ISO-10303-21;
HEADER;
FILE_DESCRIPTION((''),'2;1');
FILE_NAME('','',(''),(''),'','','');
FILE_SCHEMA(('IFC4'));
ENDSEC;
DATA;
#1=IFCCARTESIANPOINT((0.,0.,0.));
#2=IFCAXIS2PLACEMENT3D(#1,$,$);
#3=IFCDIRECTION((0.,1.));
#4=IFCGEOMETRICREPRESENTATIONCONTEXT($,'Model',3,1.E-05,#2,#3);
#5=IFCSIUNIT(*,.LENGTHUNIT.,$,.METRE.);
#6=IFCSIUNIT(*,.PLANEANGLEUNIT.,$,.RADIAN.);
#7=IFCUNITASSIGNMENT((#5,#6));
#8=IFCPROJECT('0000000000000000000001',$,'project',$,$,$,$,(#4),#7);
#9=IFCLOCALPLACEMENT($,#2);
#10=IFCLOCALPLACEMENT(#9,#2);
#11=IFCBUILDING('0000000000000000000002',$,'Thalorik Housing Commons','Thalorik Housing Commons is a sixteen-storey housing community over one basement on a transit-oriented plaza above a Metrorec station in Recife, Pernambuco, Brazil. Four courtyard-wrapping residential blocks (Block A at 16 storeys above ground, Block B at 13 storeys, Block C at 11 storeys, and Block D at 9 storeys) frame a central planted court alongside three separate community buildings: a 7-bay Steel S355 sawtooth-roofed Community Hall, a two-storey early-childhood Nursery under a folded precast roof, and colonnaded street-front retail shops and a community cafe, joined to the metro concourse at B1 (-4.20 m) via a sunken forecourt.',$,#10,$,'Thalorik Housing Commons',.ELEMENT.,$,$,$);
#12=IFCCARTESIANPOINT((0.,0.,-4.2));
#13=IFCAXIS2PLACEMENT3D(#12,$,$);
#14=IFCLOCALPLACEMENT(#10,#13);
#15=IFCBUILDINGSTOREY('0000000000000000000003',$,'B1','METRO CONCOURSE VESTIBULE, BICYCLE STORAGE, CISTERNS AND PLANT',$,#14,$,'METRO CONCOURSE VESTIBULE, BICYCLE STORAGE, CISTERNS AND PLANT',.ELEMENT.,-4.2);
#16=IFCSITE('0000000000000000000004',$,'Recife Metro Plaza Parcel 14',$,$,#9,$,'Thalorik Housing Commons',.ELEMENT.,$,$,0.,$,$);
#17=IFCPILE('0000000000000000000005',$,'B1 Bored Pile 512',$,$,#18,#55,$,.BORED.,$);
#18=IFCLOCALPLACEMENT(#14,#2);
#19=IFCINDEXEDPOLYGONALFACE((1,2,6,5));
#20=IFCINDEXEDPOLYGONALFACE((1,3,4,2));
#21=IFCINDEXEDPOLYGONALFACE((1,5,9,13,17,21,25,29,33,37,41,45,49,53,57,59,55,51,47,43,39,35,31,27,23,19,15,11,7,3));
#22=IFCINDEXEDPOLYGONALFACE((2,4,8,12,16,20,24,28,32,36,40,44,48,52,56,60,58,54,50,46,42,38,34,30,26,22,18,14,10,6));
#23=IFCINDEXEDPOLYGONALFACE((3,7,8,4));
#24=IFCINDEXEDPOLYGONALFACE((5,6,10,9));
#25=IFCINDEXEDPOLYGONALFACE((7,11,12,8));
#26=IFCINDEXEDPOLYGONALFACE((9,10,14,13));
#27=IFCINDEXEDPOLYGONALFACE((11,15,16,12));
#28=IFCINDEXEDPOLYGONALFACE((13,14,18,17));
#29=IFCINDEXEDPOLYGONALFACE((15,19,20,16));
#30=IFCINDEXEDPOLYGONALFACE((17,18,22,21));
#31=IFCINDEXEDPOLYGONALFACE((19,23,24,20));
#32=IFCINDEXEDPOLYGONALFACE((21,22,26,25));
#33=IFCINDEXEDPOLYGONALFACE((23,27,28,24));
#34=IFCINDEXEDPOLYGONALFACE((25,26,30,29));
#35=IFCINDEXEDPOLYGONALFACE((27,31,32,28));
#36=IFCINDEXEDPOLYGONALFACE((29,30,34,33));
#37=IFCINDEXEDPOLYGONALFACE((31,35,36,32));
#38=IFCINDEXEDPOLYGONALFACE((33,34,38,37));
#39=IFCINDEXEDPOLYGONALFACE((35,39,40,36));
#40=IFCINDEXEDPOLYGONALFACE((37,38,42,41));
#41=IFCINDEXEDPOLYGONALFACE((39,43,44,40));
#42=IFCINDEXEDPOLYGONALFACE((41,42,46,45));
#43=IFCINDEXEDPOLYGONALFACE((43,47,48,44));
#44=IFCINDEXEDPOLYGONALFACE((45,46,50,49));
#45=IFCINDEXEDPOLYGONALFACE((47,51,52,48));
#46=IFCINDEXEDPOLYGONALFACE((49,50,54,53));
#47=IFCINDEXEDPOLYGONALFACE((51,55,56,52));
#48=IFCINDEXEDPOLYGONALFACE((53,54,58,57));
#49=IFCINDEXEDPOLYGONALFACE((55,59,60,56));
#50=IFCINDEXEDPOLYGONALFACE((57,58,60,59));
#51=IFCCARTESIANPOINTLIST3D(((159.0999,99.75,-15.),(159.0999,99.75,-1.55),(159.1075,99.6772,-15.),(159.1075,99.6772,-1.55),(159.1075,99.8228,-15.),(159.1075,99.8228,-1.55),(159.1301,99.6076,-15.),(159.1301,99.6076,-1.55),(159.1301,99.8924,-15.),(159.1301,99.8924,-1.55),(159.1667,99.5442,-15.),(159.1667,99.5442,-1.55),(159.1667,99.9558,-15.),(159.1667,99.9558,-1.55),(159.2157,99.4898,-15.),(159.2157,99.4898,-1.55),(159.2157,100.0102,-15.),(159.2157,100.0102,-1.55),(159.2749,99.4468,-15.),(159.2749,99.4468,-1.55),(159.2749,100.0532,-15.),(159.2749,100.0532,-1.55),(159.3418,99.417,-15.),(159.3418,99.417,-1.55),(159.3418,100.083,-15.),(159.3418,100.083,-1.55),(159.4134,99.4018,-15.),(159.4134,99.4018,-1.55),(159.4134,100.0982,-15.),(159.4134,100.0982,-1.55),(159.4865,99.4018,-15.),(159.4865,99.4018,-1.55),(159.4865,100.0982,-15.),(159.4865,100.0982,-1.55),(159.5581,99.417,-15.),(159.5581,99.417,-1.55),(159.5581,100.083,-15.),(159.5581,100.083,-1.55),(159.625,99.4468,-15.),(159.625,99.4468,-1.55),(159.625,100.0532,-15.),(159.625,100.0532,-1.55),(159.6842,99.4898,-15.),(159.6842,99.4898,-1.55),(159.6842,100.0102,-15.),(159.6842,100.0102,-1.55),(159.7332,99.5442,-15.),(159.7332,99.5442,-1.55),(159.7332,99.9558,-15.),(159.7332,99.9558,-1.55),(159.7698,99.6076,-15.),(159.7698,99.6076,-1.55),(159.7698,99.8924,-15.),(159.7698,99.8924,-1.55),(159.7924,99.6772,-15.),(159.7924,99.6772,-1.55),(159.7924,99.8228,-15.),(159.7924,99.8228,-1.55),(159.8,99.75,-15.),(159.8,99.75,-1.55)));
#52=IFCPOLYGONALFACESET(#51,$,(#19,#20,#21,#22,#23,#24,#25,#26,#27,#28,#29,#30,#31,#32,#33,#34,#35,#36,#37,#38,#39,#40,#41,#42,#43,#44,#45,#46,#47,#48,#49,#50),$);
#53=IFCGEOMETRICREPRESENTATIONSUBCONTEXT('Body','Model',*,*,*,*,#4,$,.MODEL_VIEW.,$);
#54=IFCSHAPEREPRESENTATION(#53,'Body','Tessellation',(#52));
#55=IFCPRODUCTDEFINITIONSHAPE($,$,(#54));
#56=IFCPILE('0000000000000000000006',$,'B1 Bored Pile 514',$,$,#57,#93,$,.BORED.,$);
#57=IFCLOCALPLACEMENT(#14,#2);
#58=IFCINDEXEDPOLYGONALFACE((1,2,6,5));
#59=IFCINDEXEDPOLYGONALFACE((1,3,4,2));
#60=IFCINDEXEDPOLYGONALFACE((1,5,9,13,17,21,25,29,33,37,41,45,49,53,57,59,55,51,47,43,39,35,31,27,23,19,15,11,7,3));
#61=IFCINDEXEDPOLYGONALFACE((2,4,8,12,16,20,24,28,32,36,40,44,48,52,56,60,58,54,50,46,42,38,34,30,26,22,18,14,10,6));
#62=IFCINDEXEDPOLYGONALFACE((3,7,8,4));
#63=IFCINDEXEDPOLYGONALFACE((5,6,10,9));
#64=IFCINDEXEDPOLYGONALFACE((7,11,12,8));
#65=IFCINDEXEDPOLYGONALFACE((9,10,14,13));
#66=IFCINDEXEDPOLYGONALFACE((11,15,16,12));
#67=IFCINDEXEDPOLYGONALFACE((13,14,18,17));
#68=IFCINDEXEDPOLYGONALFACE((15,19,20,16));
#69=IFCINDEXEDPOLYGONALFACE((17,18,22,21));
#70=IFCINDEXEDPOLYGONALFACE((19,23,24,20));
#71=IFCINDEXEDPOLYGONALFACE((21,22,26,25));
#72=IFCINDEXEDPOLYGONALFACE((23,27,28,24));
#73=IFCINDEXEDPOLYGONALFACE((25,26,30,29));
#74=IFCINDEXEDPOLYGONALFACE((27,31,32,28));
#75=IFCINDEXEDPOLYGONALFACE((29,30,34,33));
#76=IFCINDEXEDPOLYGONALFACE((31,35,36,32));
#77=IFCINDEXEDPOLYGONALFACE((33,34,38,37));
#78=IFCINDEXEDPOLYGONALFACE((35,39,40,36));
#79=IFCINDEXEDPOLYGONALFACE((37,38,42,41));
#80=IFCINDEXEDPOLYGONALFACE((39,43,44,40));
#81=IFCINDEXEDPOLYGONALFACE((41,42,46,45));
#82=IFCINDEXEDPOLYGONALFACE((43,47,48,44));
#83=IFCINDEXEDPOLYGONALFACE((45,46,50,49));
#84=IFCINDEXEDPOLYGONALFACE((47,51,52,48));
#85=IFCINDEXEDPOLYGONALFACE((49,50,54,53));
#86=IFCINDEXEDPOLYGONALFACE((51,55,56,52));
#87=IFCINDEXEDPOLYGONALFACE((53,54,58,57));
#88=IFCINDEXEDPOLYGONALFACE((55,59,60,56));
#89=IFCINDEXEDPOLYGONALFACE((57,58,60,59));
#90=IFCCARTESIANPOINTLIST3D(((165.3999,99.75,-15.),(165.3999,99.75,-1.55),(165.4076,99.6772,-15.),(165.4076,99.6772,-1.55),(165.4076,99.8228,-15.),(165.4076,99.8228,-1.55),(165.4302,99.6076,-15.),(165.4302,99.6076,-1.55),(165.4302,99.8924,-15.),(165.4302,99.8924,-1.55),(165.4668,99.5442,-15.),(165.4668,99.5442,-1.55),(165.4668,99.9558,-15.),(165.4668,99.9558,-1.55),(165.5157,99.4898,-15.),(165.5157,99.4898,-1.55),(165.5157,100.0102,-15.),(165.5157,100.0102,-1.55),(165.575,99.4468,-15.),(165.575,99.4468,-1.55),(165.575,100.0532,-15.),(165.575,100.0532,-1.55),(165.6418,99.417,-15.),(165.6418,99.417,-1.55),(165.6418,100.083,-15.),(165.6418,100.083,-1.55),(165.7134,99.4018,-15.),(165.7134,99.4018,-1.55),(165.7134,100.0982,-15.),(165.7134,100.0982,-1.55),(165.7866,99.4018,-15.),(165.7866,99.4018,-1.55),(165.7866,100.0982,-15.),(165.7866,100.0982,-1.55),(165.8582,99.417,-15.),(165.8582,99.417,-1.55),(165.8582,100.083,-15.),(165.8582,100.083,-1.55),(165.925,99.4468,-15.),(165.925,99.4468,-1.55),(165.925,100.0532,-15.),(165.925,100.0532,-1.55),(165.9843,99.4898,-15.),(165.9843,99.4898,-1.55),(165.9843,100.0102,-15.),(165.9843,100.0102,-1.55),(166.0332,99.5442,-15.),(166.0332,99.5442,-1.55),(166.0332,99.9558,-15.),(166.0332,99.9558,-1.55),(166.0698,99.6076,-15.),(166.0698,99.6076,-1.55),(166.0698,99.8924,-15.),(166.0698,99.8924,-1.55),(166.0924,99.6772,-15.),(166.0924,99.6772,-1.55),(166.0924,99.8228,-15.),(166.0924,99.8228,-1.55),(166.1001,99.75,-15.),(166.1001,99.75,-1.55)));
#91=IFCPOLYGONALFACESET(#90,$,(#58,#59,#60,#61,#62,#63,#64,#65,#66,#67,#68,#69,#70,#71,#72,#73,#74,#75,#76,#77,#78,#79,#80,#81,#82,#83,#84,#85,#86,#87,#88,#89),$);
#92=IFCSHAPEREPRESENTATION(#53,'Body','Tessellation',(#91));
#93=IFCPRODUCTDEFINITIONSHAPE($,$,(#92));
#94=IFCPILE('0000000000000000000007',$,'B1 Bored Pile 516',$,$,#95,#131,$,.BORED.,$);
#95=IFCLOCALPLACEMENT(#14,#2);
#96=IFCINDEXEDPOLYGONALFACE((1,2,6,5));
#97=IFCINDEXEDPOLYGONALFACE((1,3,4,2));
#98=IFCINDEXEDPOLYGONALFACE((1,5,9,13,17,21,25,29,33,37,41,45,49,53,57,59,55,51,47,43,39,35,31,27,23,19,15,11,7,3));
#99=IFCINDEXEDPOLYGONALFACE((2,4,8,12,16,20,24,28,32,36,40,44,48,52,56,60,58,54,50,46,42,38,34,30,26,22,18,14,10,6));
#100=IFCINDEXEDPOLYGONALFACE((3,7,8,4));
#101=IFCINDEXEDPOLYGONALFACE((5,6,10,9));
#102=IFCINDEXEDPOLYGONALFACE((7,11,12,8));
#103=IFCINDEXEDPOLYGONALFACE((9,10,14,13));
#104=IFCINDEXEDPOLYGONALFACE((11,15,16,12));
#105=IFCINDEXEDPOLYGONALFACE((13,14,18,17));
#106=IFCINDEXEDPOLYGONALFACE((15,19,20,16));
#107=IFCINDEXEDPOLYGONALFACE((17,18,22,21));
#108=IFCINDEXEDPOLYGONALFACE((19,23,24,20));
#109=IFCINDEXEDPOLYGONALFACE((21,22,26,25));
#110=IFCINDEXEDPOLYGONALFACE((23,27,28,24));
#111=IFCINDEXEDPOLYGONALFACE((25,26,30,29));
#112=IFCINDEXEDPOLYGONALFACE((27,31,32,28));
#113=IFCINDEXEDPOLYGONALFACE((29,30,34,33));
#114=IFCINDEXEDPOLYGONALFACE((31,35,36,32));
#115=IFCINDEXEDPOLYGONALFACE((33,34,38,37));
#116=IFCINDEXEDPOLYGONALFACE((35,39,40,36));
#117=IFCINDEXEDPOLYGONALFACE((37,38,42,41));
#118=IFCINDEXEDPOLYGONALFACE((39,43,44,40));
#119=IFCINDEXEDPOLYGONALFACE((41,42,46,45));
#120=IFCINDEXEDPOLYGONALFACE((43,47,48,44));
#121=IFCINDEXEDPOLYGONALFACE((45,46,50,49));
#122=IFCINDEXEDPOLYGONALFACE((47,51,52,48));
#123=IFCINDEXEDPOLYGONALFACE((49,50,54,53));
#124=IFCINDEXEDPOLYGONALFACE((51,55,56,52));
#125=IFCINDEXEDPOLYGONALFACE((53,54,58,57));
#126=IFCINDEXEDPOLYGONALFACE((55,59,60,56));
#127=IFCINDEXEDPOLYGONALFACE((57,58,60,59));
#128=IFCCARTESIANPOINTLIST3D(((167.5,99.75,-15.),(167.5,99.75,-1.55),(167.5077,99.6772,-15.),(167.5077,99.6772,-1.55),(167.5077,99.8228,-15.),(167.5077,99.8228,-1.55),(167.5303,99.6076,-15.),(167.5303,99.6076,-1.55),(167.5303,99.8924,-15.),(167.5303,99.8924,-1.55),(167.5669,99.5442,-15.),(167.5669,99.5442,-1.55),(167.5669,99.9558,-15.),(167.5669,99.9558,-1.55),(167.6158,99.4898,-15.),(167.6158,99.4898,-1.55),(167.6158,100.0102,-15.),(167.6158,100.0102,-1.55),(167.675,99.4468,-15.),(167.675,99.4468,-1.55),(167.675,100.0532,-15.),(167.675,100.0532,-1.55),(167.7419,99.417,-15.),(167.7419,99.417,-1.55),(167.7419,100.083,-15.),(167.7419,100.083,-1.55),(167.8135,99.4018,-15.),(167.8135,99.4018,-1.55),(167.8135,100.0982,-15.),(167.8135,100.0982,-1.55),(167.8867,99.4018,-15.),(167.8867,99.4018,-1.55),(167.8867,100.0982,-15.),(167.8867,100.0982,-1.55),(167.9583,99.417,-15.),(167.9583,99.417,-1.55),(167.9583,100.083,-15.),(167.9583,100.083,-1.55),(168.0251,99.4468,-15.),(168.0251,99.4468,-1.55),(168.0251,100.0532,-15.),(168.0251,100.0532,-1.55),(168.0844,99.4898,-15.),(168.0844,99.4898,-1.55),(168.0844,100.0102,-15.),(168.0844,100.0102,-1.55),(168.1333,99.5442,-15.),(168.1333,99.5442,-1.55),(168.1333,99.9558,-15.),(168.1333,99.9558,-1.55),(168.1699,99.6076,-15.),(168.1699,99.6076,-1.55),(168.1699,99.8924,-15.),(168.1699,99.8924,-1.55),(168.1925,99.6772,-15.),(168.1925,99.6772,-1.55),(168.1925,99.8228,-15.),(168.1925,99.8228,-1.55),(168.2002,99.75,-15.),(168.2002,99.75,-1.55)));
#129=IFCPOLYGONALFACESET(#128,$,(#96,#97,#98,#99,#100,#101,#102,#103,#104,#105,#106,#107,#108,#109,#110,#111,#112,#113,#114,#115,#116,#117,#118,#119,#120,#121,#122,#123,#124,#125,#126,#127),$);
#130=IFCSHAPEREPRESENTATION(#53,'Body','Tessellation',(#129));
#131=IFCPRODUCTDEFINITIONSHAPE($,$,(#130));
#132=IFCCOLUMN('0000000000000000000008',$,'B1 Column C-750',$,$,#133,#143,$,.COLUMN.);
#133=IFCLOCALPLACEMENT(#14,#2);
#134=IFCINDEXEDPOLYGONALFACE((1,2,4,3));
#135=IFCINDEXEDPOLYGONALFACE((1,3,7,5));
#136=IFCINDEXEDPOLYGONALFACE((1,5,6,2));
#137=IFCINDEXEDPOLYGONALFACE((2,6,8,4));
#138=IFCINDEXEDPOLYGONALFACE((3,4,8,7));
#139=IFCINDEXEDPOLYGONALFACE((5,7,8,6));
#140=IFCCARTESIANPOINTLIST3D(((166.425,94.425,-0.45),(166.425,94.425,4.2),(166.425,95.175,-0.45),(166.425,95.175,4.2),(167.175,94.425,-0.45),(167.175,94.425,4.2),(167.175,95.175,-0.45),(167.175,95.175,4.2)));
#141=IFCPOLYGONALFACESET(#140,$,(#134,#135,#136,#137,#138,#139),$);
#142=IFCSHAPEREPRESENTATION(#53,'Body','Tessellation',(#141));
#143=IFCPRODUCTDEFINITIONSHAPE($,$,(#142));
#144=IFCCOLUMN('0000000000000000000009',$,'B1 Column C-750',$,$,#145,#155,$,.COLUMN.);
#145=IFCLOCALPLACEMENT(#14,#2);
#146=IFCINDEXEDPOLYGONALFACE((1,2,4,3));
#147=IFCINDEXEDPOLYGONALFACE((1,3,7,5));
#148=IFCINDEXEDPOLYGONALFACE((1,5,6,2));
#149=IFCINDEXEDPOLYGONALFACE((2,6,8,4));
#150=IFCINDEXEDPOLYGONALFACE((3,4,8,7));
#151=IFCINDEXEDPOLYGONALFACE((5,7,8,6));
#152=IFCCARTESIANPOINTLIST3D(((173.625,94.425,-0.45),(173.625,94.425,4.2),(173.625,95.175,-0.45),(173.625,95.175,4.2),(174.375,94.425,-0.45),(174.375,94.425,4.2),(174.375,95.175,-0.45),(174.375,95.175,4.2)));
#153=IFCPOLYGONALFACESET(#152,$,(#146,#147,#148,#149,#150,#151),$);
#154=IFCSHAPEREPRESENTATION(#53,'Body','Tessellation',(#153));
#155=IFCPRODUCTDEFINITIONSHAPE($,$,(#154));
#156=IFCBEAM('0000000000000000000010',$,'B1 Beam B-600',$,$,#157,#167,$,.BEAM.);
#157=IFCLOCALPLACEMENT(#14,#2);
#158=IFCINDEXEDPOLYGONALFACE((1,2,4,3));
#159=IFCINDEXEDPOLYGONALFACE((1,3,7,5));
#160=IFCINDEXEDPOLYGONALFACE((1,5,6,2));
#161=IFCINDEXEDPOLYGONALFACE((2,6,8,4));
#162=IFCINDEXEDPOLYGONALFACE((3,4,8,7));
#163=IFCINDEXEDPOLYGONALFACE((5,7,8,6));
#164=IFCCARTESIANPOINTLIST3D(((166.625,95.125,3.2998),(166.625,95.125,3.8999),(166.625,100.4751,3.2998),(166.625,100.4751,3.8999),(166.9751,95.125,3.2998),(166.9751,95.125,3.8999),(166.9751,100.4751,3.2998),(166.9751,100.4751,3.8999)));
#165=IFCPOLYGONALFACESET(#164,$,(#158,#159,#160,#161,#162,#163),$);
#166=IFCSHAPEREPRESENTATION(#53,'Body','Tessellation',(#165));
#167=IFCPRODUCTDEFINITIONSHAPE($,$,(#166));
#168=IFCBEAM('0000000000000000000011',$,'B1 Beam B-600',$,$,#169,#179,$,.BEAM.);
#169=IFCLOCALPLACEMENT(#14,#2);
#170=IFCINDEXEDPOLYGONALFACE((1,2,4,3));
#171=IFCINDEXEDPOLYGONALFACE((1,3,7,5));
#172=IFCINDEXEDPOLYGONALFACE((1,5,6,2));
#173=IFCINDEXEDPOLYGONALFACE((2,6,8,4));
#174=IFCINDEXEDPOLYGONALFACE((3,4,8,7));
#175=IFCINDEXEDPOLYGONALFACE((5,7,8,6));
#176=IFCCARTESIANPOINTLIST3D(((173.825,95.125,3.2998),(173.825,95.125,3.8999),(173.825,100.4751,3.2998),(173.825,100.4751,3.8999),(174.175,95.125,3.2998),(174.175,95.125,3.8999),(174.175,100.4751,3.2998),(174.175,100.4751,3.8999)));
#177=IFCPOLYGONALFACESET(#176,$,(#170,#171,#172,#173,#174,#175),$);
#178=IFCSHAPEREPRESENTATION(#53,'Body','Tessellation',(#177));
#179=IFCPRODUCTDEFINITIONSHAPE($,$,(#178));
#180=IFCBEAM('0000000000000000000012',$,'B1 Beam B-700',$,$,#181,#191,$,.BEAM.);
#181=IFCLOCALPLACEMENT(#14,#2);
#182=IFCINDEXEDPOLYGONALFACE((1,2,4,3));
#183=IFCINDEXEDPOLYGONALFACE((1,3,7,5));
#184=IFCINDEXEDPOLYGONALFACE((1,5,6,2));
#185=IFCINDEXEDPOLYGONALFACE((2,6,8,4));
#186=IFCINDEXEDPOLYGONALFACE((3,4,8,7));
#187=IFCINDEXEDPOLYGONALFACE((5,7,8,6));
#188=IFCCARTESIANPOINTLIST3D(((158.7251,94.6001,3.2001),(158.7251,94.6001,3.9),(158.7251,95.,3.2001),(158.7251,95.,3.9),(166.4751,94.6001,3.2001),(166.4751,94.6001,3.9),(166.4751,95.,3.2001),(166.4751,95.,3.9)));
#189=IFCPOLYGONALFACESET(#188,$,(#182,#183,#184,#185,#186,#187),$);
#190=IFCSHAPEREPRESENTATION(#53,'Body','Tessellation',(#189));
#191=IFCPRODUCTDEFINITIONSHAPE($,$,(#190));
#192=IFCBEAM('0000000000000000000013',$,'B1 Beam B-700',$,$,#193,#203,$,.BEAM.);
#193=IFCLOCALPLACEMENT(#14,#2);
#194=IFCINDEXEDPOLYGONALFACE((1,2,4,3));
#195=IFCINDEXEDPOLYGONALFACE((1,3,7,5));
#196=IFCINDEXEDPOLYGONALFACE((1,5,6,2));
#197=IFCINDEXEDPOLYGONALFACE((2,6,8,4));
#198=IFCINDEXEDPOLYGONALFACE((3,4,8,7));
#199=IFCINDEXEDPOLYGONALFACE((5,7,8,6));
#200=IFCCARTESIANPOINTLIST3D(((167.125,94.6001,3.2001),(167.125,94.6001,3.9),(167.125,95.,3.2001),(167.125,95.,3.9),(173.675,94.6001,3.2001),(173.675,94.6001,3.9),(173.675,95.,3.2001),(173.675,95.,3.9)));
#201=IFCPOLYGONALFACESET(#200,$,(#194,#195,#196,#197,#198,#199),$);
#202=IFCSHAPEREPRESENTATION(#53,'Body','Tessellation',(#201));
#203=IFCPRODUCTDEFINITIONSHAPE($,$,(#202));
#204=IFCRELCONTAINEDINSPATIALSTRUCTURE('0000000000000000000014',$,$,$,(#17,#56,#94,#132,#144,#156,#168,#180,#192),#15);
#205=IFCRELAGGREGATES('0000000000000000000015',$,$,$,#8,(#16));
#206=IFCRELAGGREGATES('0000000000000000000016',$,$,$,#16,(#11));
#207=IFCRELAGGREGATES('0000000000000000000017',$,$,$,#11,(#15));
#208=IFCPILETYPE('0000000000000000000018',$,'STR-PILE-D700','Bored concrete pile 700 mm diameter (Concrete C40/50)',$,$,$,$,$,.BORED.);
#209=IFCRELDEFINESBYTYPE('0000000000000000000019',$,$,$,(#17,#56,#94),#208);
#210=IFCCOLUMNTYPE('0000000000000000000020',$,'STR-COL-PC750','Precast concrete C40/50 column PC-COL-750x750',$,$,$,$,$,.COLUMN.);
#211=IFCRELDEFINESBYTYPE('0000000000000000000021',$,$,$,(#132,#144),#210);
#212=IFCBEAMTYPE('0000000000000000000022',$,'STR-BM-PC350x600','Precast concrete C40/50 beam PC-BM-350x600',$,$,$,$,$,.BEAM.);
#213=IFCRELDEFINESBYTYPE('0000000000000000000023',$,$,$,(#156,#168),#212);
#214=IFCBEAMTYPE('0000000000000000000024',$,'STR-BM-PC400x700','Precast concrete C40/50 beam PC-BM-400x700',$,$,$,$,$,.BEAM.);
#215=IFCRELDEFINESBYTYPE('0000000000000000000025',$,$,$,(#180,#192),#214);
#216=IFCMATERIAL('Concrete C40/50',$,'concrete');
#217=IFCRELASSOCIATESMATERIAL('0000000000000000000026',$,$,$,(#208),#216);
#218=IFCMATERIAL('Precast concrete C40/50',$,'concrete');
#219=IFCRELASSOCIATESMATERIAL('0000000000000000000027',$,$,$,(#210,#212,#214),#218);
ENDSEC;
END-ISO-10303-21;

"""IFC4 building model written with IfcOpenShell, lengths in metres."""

from ifc_helpers import new_model, si_unit, direction, frame, origin, origin_2d, place, context, subcontext, project, spatial, rectangle, circle, extrude, material, material_profile, profile_set, type_object, element, save


model = new_model("IFC4")

# Units and contexts
model_context = context("Model", 3, precision=1e-05, world=origin(), true_north=direction((0.0, 1.0)))
body_context = subcontext(model_context, "Body", "Model", "MODEL_VIEW")
ifc_project = project(units=[si_unit("LENGTHUNIT", "METRE"), si_unit("PLANEANGLEUNIT", "RADIAN")], contexts=[model_context])

# Site, building, storey
site_placement = place(None, origin())
site = spatial("IfcSite", under=ifc_project, at=site_placement, Name="Recife Metro Plaza Parcel 14", LongName="Thalorik Housing Commons", CompositionType="ELEMENT", RefElevation=0.0)
building_placement = place(site_placement, origin())
building = spatial("IfcBuilding", under=site, at=building_placement, Name="Thalorik Housing Commons", Description="Thalorik Housing Commons is a sixteen-storey housing community over one basement on a transit-oriented plaza above a Metrorec station in Recife, Pernambuco, Brazil. Four courtyard-wrapping residential blocks (Block A at 16 storeys above ground, Block B at 13 storeys, Block C at 11 storeys, and Block D at 9 storeys) frame a central planted court alongside three separate community buildings: a 7-bay Steel S355 sawtooth-roofed Community Hall, a two-storey early-childhood Nursery under a folded precast roof, and colonnaded street-front retail shops and a community cafe, joined to the metro concourse at B1 (-4.20 m) via a sunken forecourt.", LongName="Thalorik Housing Commons", CompositionType="ELEMENT")
storey_placement = place(building_placement, frame((0.0, 0.0, -4.2)))
storey = spatial("IfcBuildingStorey", under=building, at=storey_placement, Name="B1", Description="METRO CONCOURSE VESTIBULE, BICYCLE STORAGE, CISTERNS AND PLANT", LongName="METRO CONCOURSE VESTIBULE, BICYCLE STORAGE, CISTERNS AND PLANT", CompositionType="ELEMENT", Elevation=-4.2)

# Shared definitions
ifc_material_1 = material(Name="Concrete C40/50", Category="concrete")

# Piles
ifc_material_profile_1 = material_profile(ifc_material_1, circle(Radius=0.3501, at=origin_2d()), Name="BORED PILE D700", Category="concrete")
ifc_profile_set_1 = profile_set([ifc_material_profile_1], Name="Concrete C40/50")
pile_type = type_object("IfcPileType", Name="STR-PILE-D700", Description="Bored concrete pile 700 mm diameter (Concrete C40/50)", PredefinedType="BORED", material=ifc_profile_set_1)
for number, where, z_axis, x_axis, name in (
    (1, (159.45, 99.75, -1.55), (0.0, 0.0, -1.0), (1.0, 0.0, 0.0), "B1 Bored Pile 512"),
    (2, (165.75, 99.75, -1.55), (0.0, 0.0, -1.0), (1.0, 0.0, 0.0), "B1 Bored Pile 514"),
    (3, (167.8501, 99.75, -1.55), (0.0, 0.0, -1.0), (1.0, 0.0, 0.0), "B1 Bored Pile 516"),
):
    element("IfcPile", number, at=place(storey_placement, frame(where, z_axis=z_axis, x_axis=x_axis)), inside=storey, type_object=pile_type, Name=name, PredefinedType="BORED", context=body_context, shape_type="SweptSolid", body=[
        extrude(circle(Radius=0.3501, at=origin_2d()), origin(), (0.0, 0.0, 1.0), 13.45),
    ])

# Columns
ifc_material_2 = material(Name="Precast concrete C40/50", Category="concrete")
ifc_material_profile_2 = material_profile(ifc_material_2, rectangle(XDim=0.75, YDim=0.75, at=origin_2d()), Name="PC 750x750", Category="concrete")
ifc_profile_set_2 = profile_set([ifc_material_profile_2], Name="Precast concrete C40/50")
column_type = type_object("IfcColumnType", Name="STR-COL-PC750", Description="Precast concrete C40/50 column PC-COL-750x750", PredefinedType="COLUMN", material=ifc_profile_set_2)
for number, where, z_axis, x_axis, name in (
    (4, (166.8, 94.8, -0.45), (0.0, 0.0, 1.0), (1.0, 0.0, 0.0), "B1 Column C-750"),
    (5, (174.0, 94.8, -0.45), (0.0, 0.0, 1.0), (1.0, 0.0, 0.0), "B1 Column C-750"),
):
    element("IfcColumn", number, at=place(storey_placement, frame(where, z_axis=z_axis, x_axis=x_axis)), inside=storey, type_object=column_type, Name=name, PredefinedType="COLUMN", context=body_context, shape_type="SweptSolid", body=[
        extrude(rectangle(XDim=0.75, YDim=0.75, at=origin_2d()), origin(), (0.0, 0.0, 1.0), 4.6499),
    ])

# Beams
ifc_material_profile_3 = material_profile(ifc_material_2, rectangle(XDim=0.3501, YDim=0.6001, at=origin_2d()), Name="PC 350x600", Category="concrete")
ifc_profile_set_3 = profile_set([ifc_material_profile_3], Name="Precast concrete C40/50")
beam_type_1 = type_object("IfcBeamType", Name="STR-BM-PC350x600", Description="Precast concrete C40/50 beam PC-BM-350x600", PredefinedType="BEAM", material=ifc_profile_set_3)
for number, where, z_axis, x_axis, name in (
    (6, (166.8, 95.125, 3.5999), (0.0, 1.0, 0.0), (-1.0, 0.0, 0.0), "B1 Beam B-600"),
    (7, (174.0, 95.125, 3.5999), (0.0, 1.0, 0.0), (-1.0, 0.0, 0.0), "B1 Beam B-600"),
):
    element("IfcBeam", number, at=place(storey_placement, frame(where, z_axis=z_axis, x_axis=x_axis)), inside=storey, type_object=beam_type_1, Name=name, PredefinedType="BEAM", context=body_context, shape_type="SweptSolid", body=[
        extrude(rectangle(XDim=0.3501, YDim=0.6001, at=origin_2d()), origin(), (0.0, 0.0, 1.0), 5.3501),
    ])
ifc_material_profile_4 = material_profile(ifc_material_2, rectangle(XDim=0.3999, YDim=0.7, at=origin_2d()), Name="PC 400x700", Category="concrete")
ifc_profile_set_4 = profile_set([ifc_material_profile_4], Name="Precast concrete C40/50")
beam_type_2 = type_object("IfcBeamType", Name="STR-BM-PC400x700", Description="Precast concrete C40/50 beam PC-BM-400x700", PredefinedType="BEAM", material=ifc_profile_set_4)
beam_1_placement = place(storey_placement, frame((158.7251, 94.8, 3.55), z_axis=(1.0, 0.0, 0.0), x_axis=(0.0, 1.0, 0.0)))
element("IfcBeam", 8, at=beam_1_placement, inside=storey, type_object=beam_type_2, Name="B1 Beam B-700", PredefinedType="BEAM", context=body_context, shape_type="SweptSolid", body=[
    extrude(rectangle(XDim=0.3999, YDim=0.7, at=origin_2d()), origin(), (0.0, 0.0, 1.0), 7.75),
])
beam_2_placement = place(storey_placement, frame((167.125, 94.8, 3.55), z_axis=(1.0, 0.0, 0.0), x_axis=(0.0, 1.0, 0.0)))
element("IfcBeam", 9, at=beam_2_placement, inside=storey, type_object=beam_type_2, Name="B1 Beam B-700", PredefinedType="BEAM", context=body_context, shape_type="SweptSolid", body=[
    extrude(rectangle(XDim=0.3999, YDim=0.7, at=origin_2d()), origin(), (0.0, 0.0, 1.0), 6.55),
])

save(model, "model.ifc")
